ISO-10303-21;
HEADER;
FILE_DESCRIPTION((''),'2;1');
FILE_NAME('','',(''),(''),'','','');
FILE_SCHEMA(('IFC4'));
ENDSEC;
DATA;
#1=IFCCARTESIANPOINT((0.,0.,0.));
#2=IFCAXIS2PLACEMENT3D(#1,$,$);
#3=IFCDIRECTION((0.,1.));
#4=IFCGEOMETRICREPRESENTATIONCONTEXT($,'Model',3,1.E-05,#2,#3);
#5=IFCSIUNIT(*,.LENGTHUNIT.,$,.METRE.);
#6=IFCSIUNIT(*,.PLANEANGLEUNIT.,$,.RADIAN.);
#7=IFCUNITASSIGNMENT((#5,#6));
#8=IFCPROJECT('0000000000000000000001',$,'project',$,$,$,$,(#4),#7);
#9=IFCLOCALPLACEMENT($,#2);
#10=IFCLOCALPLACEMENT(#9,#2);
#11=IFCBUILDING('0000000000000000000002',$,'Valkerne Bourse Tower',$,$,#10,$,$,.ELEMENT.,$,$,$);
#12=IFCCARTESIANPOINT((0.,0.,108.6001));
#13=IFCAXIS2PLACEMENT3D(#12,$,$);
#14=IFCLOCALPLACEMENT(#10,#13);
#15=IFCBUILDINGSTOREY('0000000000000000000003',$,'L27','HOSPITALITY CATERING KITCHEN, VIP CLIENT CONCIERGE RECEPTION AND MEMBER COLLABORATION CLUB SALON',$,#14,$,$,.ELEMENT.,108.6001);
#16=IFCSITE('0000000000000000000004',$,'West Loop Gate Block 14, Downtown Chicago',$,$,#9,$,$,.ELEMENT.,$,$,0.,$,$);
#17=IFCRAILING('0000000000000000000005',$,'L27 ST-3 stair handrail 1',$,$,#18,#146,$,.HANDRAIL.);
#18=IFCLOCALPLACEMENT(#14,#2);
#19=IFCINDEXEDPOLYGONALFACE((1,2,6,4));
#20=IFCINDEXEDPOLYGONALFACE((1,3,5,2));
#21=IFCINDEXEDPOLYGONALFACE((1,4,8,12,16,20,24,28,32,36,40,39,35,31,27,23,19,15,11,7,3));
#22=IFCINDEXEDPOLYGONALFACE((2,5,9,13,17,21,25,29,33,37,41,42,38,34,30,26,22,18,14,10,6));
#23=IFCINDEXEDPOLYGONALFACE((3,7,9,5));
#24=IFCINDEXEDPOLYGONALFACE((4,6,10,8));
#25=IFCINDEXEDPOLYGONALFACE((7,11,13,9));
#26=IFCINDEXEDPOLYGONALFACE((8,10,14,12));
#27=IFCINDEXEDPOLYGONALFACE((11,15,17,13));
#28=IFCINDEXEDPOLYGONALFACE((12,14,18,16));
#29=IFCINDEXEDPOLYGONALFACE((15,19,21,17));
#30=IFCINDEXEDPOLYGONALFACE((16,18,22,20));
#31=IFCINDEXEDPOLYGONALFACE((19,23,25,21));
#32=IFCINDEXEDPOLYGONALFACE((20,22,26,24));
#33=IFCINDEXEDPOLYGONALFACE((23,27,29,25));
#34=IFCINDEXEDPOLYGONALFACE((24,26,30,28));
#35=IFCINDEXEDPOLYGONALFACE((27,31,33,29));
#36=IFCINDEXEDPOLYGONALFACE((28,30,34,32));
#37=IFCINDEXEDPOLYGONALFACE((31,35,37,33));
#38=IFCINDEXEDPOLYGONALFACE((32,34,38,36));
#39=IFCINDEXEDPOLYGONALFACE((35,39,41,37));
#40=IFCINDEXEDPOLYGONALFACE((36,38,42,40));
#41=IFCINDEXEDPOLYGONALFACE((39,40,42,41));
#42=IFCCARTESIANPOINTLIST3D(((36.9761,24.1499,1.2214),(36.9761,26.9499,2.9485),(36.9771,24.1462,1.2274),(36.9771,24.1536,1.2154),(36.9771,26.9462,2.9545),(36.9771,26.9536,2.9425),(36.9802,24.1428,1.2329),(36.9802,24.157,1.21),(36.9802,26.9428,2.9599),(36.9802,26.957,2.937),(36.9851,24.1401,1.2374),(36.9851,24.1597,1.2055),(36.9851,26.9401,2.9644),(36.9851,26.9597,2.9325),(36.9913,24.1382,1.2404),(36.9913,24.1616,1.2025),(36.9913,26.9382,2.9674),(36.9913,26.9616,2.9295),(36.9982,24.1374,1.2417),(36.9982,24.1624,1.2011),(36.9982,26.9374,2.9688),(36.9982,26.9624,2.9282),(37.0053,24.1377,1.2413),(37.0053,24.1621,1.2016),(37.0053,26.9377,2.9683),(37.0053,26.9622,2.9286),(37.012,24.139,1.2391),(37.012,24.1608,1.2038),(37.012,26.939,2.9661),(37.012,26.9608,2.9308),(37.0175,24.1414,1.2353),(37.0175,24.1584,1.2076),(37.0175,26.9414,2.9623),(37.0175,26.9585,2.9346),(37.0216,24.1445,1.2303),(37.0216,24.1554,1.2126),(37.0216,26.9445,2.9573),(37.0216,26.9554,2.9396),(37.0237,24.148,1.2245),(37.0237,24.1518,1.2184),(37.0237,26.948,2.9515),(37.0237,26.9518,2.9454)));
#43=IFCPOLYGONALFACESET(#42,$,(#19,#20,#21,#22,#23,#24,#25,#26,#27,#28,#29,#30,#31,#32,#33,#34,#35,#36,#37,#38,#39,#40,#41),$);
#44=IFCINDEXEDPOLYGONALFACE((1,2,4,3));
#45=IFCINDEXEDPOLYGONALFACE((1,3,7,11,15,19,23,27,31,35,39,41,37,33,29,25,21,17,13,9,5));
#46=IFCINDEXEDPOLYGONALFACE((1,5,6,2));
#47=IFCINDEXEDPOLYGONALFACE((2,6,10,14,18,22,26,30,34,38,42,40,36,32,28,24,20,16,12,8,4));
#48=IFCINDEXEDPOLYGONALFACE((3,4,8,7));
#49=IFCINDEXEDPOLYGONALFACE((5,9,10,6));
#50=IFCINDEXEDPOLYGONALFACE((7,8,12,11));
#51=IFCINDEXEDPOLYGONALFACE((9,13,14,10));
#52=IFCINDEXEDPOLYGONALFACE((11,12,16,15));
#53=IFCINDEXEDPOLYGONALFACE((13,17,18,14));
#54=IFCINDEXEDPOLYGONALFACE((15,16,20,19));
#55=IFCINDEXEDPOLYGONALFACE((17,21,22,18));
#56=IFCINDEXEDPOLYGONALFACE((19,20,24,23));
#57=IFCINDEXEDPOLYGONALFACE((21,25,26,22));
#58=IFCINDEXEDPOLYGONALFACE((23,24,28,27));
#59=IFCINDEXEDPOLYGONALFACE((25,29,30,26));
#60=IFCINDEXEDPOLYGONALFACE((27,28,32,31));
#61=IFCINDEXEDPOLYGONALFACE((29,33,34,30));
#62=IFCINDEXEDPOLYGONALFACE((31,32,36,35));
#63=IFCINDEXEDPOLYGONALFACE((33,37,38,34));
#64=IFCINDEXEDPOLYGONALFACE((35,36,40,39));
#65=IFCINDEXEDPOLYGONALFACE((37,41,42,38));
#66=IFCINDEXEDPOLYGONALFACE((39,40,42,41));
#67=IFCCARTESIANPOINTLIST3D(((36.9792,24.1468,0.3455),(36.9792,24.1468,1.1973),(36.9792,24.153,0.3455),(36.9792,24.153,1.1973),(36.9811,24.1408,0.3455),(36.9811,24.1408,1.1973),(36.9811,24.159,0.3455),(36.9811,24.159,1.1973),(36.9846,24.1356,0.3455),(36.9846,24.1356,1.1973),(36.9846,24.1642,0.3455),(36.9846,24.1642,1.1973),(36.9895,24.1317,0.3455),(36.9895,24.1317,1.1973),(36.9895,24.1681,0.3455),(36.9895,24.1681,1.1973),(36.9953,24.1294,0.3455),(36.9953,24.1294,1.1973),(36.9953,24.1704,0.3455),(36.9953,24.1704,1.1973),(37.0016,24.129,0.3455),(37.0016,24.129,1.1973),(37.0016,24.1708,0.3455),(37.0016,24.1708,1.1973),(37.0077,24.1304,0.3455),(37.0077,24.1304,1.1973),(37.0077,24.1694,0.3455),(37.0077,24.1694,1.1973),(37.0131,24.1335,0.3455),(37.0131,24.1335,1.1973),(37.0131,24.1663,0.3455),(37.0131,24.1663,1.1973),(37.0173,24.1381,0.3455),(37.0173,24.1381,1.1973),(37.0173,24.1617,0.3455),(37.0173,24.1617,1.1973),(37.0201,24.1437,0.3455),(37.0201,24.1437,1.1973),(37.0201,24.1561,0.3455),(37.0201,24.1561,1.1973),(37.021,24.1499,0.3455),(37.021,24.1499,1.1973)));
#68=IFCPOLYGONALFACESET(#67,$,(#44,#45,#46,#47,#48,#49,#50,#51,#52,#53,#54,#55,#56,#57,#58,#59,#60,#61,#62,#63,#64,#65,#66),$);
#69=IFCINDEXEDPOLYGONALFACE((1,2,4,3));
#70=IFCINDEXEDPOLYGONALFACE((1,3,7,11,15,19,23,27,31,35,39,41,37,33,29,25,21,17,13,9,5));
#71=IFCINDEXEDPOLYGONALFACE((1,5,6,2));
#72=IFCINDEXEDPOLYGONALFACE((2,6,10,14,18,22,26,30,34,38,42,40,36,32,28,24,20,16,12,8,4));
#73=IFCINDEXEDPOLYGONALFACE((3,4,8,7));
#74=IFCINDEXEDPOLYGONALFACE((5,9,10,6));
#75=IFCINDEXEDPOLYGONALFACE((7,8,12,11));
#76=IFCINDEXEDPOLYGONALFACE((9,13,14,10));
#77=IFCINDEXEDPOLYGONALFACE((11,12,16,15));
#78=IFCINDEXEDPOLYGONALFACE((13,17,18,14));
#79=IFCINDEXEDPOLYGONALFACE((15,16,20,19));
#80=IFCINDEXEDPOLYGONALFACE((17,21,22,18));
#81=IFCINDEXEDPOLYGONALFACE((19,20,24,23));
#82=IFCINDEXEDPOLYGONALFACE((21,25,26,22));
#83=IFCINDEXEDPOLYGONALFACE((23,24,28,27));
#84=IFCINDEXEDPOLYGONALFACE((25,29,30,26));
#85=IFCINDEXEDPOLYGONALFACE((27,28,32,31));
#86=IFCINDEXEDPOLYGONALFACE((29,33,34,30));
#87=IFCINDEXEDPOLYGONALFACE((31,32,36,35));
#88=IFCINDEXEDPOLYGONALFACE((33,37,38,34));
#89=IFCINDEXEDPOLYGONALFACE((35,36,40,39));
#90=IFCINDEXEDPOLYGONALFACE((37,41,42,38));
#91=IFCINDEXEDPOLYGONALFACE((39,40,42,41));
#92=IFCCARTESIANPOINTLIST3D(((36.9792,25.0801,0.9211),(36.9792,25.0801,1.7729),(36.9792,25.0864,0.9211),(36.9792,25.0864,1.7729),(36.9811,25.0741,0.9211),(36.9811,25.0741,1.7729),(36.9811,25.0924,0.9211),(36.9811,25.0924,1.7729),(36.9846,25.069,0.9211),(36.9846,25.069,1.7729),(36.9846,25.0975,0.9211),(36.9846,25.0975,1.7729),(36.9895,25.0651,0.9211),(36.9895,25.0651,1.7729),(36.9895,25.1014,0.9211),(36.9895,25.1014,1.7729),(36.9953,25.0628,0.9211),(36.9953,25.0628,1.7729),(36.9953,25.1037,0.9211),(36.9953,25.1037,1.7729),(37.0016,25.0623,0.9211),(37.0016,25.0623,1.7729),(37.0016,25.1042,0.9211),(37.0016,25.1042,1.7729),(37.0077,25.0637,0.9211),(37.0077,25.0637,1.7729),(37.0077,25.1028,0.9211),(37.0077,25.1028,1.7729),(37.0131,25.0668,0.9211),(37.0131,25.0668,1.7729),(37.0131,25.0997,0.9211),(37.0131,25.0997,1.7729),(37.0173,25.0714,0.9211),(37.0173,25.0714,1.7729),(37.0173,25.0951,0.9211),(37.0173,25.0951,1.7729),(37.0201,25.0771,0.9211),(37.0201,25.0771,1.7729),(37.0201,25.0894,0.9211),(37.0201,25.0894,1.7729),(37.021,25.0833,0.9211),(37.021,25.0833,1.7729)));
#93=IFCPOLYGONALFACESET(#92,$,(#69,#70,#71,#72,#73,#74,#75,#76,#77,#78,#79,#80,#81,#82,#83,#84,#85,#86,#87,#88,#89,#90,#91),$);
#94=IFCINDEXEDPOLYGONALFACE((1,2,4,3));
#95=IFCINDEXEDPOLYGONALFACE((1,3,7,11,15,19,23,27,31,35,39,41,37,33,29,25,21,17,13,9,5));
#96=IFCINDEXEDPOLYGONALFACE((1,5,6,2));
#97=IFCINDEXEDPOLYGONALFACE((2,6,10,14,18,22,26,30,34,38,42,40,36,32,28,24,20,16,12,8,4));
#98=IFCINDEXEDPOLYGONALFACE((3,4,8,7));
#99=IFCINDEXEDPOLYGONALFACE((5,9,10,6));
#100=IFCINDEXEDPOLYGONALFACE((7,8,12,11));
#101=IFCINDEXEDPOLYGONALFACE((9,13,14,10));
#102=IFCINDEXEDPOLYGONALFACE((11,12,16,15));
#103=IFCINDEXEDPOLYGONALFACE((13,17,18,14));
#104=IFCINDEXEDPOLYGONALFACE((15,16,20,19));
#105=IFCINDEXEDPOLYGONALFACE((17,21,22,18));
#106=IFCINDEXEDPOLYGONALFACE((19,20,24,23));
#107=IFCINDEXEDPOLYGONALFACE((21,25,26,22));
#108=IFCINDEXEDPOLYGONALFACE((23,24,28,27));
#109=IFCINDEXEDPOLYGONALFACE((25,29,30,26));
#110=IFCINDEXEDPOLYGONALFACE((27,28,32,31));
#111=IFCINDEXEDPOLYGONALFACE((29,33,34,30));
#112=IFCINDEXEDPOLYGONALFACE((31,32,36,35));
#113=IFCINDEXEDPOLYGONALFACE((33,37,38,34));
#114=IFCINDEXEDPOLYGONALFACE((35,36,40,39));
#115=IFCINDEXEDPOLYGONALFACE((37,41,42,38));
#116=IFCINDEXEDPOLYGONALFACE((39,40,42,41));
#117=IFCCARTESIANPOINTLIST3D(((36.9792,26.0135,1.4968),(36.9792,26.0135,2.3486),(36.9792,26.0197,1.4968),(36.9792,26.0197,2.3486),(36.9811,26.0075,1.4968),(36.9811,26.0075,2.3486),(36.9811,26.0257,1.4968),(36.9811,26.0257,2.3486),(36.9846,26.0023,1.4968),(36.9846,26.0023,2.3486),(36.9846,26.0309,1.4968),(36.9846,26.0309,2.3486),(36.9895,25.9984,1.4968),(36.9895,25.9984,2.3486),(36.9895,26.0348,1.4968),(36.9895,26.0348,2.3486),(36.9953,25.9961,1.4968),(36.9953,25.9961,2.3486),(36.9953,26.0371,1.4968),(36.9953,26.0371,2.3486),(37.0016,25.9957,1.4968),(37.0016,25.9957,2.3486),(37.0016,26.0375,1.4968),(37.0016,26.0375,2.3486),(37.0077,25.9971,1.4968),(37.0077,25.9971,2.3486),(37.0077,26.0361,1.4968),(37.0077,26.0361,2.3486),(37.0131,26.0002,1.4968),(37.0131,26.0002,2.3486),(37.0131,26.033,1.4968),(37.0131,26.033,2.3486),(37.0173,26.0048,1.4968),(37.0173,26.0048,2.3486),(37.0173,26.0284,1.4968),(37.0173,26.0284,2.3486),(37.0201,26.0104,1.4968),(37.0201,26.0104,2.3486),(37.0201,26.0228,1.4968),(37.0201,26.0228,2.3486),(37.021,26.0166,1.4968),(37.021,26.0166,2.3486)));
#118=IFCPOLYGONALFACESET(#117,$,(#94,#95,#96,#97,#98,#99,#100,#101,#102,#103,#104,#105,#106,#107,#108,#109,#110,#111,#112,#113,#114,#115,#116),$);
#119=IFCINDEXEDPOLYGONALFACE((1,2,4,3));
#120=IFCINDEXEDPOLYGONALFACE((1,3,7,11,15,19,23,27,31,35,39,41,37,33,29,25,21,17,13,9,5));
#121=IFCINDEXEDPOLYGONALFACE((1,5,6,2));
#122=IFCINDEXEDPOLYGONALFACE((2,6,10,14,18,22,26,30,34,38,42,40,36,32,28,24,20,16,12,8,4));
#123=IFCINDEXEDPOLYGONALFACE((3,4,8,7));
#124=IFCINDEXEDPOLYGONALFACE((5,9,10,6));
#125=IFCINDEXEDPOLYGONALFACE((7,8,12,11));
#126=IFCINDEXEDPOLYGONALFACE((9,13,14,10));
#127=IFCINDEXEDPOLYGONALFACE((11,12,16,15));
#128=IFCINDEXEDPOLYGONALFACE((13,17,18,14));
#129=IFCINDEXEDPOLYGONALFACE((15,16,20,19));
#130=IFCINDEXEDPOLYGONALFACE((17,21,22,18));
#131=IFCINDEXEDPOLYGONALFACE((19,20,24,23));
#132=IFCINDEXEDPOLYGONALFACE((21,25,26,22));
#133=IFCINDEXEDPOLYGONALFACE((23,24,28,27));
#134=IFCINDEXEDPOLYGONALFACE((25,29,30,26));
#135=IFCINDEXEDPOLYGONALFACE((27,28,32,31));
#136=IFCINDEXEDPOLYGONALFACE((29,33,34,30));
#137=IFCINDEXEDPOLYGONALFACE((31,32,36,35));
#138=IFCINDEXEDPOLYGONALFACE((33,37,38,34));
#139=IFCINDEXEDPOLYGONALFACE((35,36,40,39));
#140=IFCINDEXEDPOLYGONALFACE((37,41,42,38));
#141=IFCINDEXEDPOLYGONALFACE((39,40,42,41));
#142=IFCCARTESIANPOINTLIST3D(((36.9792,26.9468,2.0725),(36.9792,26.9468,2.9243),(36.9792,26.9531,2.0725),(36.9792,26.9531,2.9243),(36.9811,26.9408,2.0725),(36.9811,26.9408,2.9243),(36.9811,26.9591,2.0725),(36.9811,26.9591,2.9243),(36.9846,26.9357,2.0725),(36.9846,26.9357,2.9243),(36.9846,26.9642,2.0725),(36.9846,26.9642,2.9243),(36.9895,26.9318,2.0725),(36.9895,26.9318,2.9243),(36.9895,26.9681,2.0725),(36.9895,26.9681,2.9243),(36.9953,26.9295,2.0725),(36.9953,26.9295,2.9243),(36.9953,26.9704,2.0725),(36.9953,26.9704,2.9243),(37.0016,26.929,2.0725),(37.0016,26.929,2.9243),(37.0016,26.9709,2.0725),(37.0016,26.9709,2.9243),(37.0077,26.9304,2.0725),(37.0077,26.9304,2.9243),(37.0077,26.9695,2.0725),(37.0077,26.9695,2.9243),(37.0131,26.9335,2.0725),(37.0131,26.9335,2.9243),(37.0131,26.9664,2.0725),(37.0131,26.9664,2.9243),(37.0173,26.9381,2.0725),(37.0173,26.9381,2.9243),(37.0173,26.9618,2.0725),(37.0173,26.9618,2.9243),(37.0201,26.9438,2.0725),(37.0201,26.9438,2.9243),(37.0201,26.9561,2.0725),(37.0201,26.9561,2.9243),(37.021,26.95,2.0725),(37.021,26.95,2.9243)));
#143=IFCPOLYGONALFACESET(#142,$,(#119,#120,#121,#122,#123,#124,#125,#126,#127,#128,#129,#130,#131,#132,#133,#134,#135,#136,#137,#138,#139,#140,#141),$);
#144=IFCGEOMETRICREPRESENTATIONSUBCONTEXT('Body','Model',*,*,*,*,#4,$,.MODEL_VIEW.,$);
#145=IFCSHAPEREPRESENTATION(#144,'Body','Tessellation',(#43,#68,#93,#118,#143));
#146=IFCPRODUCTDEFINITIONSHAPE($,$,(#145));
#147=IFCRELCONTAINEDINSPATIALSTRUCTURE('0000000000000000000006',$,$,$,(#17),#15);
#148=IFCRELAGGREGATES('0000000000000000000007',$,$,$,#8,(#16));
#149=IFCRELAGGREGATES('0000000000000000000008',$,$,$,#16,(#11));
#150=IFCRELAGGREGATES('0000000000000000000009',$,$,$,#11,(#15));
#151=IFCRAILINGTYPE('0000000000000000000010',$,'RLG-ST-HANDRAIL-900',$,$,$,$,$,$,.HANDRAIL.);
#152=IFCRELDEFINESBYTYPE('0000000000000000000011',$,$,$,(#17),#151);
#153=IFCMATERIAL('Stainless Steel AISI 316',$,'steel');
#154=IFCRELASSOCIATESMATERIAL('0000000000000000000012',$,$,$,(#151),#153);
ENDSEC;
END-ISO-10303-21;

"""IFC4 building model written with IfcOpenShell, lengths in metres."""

from ifc_helpers import new_model, si_unit, direction, frame, origin, origin_2d, place, context, subcontext, project, spatial, circle, extrude, material, type_object, element, save


model = new_model("IFC4")

# Units and contexts
model_context = context("Model", 3, precision=1e-05, world=origin(), true_north=direction((0.0, 1.0)))
body_context = subcontext(model_context, "Body", "Model", "MODEL_VIEW")
ifc_project = project(units=[si_unit("LENGTHUNIT", "METRE"), si_unit("PLANEANGLEUNIT", "RADIAN")], contexts=[model_context])

# Site, building, storey
site_placement = place(None, origin())
site = spatial("IfcSite", under=ifc_project, at=site_placement, Name="West Loop Gate Block 14, Downtown Chicago", CompositionType="ELEMENT", RefElevation=0.0)
building_placement = place(site_placement, origin())
building = spatial("IfcBuilding", under=site, at=building_placement, Name="Valkerne Bourse Tower", CompositionType="ELEMENT")
storey_placement = place(building_placement, frame((0.0, 0.0, 108.6001)))
storey = spatial("IfcBuildingStorey", under=building, at=storey_placement, Name="L27", Description="HOSPITALITY CATERING KITCHEN, VIP CLIENT CONCIERGE RECEPTION AND MEMBER COLLABORATION CLUB SALON", CompositionType="ELEMENT", Elevation=108.6001)

# Railing
ifc_material_1 = material(Name="Stainless Steel AISI 316", Category="steel")
railing_type_1 = type_object("IfcRailingType", Name="RLG-ST-HANDRAIL-900", PredefinedType="HANDRAIL", material=ifc_material_1)
railing_1_placement = place(storey_placement, frame((37.0, 24.1499, 0.3455)))
element("IfcRailing", 1, at=railing_1_placement, inside=storey, type_object=railing_type_1, Name="L27 ST-3 stair handrail 1", PredefinedType="HANDRAIL", context=body_context, shape_type="SweptSolid", body=[
    extrude(circle(Radius=0.0239, at=origin_2d()), frame((0.0, 0.0, 0.876), z_axis=(0.0, 0.851123, 0.524967), x_axis=(-1.0, 0.0, 0.0)), (0.0, 0.0, 1.0), 3.2898),
    extrude(circle(Radius=0.021, at=origin_2d()), origin(), (0.0, 0.0, 1.0), 0.8518),
    extrude(circle(Radius=0.021, at=origin_2d()), frame((0.0, 0.9333, 0.5757)), (0.0, 0.0, 1.0), 0.8518),
    extrude(circle(Radius=0.021, at=origin_2d()), frame((0.0, 1.8667, 1.1514)), (0.0, 0.0, 1.0), 0.8518),
    extrude(circle(Radius=0.021, at=origin_2d()), frame((0.0, 2.8, 1.7271)), (0.0, 0.0, 1.0), 0.8518),
])

save(model, "model.ifc")
